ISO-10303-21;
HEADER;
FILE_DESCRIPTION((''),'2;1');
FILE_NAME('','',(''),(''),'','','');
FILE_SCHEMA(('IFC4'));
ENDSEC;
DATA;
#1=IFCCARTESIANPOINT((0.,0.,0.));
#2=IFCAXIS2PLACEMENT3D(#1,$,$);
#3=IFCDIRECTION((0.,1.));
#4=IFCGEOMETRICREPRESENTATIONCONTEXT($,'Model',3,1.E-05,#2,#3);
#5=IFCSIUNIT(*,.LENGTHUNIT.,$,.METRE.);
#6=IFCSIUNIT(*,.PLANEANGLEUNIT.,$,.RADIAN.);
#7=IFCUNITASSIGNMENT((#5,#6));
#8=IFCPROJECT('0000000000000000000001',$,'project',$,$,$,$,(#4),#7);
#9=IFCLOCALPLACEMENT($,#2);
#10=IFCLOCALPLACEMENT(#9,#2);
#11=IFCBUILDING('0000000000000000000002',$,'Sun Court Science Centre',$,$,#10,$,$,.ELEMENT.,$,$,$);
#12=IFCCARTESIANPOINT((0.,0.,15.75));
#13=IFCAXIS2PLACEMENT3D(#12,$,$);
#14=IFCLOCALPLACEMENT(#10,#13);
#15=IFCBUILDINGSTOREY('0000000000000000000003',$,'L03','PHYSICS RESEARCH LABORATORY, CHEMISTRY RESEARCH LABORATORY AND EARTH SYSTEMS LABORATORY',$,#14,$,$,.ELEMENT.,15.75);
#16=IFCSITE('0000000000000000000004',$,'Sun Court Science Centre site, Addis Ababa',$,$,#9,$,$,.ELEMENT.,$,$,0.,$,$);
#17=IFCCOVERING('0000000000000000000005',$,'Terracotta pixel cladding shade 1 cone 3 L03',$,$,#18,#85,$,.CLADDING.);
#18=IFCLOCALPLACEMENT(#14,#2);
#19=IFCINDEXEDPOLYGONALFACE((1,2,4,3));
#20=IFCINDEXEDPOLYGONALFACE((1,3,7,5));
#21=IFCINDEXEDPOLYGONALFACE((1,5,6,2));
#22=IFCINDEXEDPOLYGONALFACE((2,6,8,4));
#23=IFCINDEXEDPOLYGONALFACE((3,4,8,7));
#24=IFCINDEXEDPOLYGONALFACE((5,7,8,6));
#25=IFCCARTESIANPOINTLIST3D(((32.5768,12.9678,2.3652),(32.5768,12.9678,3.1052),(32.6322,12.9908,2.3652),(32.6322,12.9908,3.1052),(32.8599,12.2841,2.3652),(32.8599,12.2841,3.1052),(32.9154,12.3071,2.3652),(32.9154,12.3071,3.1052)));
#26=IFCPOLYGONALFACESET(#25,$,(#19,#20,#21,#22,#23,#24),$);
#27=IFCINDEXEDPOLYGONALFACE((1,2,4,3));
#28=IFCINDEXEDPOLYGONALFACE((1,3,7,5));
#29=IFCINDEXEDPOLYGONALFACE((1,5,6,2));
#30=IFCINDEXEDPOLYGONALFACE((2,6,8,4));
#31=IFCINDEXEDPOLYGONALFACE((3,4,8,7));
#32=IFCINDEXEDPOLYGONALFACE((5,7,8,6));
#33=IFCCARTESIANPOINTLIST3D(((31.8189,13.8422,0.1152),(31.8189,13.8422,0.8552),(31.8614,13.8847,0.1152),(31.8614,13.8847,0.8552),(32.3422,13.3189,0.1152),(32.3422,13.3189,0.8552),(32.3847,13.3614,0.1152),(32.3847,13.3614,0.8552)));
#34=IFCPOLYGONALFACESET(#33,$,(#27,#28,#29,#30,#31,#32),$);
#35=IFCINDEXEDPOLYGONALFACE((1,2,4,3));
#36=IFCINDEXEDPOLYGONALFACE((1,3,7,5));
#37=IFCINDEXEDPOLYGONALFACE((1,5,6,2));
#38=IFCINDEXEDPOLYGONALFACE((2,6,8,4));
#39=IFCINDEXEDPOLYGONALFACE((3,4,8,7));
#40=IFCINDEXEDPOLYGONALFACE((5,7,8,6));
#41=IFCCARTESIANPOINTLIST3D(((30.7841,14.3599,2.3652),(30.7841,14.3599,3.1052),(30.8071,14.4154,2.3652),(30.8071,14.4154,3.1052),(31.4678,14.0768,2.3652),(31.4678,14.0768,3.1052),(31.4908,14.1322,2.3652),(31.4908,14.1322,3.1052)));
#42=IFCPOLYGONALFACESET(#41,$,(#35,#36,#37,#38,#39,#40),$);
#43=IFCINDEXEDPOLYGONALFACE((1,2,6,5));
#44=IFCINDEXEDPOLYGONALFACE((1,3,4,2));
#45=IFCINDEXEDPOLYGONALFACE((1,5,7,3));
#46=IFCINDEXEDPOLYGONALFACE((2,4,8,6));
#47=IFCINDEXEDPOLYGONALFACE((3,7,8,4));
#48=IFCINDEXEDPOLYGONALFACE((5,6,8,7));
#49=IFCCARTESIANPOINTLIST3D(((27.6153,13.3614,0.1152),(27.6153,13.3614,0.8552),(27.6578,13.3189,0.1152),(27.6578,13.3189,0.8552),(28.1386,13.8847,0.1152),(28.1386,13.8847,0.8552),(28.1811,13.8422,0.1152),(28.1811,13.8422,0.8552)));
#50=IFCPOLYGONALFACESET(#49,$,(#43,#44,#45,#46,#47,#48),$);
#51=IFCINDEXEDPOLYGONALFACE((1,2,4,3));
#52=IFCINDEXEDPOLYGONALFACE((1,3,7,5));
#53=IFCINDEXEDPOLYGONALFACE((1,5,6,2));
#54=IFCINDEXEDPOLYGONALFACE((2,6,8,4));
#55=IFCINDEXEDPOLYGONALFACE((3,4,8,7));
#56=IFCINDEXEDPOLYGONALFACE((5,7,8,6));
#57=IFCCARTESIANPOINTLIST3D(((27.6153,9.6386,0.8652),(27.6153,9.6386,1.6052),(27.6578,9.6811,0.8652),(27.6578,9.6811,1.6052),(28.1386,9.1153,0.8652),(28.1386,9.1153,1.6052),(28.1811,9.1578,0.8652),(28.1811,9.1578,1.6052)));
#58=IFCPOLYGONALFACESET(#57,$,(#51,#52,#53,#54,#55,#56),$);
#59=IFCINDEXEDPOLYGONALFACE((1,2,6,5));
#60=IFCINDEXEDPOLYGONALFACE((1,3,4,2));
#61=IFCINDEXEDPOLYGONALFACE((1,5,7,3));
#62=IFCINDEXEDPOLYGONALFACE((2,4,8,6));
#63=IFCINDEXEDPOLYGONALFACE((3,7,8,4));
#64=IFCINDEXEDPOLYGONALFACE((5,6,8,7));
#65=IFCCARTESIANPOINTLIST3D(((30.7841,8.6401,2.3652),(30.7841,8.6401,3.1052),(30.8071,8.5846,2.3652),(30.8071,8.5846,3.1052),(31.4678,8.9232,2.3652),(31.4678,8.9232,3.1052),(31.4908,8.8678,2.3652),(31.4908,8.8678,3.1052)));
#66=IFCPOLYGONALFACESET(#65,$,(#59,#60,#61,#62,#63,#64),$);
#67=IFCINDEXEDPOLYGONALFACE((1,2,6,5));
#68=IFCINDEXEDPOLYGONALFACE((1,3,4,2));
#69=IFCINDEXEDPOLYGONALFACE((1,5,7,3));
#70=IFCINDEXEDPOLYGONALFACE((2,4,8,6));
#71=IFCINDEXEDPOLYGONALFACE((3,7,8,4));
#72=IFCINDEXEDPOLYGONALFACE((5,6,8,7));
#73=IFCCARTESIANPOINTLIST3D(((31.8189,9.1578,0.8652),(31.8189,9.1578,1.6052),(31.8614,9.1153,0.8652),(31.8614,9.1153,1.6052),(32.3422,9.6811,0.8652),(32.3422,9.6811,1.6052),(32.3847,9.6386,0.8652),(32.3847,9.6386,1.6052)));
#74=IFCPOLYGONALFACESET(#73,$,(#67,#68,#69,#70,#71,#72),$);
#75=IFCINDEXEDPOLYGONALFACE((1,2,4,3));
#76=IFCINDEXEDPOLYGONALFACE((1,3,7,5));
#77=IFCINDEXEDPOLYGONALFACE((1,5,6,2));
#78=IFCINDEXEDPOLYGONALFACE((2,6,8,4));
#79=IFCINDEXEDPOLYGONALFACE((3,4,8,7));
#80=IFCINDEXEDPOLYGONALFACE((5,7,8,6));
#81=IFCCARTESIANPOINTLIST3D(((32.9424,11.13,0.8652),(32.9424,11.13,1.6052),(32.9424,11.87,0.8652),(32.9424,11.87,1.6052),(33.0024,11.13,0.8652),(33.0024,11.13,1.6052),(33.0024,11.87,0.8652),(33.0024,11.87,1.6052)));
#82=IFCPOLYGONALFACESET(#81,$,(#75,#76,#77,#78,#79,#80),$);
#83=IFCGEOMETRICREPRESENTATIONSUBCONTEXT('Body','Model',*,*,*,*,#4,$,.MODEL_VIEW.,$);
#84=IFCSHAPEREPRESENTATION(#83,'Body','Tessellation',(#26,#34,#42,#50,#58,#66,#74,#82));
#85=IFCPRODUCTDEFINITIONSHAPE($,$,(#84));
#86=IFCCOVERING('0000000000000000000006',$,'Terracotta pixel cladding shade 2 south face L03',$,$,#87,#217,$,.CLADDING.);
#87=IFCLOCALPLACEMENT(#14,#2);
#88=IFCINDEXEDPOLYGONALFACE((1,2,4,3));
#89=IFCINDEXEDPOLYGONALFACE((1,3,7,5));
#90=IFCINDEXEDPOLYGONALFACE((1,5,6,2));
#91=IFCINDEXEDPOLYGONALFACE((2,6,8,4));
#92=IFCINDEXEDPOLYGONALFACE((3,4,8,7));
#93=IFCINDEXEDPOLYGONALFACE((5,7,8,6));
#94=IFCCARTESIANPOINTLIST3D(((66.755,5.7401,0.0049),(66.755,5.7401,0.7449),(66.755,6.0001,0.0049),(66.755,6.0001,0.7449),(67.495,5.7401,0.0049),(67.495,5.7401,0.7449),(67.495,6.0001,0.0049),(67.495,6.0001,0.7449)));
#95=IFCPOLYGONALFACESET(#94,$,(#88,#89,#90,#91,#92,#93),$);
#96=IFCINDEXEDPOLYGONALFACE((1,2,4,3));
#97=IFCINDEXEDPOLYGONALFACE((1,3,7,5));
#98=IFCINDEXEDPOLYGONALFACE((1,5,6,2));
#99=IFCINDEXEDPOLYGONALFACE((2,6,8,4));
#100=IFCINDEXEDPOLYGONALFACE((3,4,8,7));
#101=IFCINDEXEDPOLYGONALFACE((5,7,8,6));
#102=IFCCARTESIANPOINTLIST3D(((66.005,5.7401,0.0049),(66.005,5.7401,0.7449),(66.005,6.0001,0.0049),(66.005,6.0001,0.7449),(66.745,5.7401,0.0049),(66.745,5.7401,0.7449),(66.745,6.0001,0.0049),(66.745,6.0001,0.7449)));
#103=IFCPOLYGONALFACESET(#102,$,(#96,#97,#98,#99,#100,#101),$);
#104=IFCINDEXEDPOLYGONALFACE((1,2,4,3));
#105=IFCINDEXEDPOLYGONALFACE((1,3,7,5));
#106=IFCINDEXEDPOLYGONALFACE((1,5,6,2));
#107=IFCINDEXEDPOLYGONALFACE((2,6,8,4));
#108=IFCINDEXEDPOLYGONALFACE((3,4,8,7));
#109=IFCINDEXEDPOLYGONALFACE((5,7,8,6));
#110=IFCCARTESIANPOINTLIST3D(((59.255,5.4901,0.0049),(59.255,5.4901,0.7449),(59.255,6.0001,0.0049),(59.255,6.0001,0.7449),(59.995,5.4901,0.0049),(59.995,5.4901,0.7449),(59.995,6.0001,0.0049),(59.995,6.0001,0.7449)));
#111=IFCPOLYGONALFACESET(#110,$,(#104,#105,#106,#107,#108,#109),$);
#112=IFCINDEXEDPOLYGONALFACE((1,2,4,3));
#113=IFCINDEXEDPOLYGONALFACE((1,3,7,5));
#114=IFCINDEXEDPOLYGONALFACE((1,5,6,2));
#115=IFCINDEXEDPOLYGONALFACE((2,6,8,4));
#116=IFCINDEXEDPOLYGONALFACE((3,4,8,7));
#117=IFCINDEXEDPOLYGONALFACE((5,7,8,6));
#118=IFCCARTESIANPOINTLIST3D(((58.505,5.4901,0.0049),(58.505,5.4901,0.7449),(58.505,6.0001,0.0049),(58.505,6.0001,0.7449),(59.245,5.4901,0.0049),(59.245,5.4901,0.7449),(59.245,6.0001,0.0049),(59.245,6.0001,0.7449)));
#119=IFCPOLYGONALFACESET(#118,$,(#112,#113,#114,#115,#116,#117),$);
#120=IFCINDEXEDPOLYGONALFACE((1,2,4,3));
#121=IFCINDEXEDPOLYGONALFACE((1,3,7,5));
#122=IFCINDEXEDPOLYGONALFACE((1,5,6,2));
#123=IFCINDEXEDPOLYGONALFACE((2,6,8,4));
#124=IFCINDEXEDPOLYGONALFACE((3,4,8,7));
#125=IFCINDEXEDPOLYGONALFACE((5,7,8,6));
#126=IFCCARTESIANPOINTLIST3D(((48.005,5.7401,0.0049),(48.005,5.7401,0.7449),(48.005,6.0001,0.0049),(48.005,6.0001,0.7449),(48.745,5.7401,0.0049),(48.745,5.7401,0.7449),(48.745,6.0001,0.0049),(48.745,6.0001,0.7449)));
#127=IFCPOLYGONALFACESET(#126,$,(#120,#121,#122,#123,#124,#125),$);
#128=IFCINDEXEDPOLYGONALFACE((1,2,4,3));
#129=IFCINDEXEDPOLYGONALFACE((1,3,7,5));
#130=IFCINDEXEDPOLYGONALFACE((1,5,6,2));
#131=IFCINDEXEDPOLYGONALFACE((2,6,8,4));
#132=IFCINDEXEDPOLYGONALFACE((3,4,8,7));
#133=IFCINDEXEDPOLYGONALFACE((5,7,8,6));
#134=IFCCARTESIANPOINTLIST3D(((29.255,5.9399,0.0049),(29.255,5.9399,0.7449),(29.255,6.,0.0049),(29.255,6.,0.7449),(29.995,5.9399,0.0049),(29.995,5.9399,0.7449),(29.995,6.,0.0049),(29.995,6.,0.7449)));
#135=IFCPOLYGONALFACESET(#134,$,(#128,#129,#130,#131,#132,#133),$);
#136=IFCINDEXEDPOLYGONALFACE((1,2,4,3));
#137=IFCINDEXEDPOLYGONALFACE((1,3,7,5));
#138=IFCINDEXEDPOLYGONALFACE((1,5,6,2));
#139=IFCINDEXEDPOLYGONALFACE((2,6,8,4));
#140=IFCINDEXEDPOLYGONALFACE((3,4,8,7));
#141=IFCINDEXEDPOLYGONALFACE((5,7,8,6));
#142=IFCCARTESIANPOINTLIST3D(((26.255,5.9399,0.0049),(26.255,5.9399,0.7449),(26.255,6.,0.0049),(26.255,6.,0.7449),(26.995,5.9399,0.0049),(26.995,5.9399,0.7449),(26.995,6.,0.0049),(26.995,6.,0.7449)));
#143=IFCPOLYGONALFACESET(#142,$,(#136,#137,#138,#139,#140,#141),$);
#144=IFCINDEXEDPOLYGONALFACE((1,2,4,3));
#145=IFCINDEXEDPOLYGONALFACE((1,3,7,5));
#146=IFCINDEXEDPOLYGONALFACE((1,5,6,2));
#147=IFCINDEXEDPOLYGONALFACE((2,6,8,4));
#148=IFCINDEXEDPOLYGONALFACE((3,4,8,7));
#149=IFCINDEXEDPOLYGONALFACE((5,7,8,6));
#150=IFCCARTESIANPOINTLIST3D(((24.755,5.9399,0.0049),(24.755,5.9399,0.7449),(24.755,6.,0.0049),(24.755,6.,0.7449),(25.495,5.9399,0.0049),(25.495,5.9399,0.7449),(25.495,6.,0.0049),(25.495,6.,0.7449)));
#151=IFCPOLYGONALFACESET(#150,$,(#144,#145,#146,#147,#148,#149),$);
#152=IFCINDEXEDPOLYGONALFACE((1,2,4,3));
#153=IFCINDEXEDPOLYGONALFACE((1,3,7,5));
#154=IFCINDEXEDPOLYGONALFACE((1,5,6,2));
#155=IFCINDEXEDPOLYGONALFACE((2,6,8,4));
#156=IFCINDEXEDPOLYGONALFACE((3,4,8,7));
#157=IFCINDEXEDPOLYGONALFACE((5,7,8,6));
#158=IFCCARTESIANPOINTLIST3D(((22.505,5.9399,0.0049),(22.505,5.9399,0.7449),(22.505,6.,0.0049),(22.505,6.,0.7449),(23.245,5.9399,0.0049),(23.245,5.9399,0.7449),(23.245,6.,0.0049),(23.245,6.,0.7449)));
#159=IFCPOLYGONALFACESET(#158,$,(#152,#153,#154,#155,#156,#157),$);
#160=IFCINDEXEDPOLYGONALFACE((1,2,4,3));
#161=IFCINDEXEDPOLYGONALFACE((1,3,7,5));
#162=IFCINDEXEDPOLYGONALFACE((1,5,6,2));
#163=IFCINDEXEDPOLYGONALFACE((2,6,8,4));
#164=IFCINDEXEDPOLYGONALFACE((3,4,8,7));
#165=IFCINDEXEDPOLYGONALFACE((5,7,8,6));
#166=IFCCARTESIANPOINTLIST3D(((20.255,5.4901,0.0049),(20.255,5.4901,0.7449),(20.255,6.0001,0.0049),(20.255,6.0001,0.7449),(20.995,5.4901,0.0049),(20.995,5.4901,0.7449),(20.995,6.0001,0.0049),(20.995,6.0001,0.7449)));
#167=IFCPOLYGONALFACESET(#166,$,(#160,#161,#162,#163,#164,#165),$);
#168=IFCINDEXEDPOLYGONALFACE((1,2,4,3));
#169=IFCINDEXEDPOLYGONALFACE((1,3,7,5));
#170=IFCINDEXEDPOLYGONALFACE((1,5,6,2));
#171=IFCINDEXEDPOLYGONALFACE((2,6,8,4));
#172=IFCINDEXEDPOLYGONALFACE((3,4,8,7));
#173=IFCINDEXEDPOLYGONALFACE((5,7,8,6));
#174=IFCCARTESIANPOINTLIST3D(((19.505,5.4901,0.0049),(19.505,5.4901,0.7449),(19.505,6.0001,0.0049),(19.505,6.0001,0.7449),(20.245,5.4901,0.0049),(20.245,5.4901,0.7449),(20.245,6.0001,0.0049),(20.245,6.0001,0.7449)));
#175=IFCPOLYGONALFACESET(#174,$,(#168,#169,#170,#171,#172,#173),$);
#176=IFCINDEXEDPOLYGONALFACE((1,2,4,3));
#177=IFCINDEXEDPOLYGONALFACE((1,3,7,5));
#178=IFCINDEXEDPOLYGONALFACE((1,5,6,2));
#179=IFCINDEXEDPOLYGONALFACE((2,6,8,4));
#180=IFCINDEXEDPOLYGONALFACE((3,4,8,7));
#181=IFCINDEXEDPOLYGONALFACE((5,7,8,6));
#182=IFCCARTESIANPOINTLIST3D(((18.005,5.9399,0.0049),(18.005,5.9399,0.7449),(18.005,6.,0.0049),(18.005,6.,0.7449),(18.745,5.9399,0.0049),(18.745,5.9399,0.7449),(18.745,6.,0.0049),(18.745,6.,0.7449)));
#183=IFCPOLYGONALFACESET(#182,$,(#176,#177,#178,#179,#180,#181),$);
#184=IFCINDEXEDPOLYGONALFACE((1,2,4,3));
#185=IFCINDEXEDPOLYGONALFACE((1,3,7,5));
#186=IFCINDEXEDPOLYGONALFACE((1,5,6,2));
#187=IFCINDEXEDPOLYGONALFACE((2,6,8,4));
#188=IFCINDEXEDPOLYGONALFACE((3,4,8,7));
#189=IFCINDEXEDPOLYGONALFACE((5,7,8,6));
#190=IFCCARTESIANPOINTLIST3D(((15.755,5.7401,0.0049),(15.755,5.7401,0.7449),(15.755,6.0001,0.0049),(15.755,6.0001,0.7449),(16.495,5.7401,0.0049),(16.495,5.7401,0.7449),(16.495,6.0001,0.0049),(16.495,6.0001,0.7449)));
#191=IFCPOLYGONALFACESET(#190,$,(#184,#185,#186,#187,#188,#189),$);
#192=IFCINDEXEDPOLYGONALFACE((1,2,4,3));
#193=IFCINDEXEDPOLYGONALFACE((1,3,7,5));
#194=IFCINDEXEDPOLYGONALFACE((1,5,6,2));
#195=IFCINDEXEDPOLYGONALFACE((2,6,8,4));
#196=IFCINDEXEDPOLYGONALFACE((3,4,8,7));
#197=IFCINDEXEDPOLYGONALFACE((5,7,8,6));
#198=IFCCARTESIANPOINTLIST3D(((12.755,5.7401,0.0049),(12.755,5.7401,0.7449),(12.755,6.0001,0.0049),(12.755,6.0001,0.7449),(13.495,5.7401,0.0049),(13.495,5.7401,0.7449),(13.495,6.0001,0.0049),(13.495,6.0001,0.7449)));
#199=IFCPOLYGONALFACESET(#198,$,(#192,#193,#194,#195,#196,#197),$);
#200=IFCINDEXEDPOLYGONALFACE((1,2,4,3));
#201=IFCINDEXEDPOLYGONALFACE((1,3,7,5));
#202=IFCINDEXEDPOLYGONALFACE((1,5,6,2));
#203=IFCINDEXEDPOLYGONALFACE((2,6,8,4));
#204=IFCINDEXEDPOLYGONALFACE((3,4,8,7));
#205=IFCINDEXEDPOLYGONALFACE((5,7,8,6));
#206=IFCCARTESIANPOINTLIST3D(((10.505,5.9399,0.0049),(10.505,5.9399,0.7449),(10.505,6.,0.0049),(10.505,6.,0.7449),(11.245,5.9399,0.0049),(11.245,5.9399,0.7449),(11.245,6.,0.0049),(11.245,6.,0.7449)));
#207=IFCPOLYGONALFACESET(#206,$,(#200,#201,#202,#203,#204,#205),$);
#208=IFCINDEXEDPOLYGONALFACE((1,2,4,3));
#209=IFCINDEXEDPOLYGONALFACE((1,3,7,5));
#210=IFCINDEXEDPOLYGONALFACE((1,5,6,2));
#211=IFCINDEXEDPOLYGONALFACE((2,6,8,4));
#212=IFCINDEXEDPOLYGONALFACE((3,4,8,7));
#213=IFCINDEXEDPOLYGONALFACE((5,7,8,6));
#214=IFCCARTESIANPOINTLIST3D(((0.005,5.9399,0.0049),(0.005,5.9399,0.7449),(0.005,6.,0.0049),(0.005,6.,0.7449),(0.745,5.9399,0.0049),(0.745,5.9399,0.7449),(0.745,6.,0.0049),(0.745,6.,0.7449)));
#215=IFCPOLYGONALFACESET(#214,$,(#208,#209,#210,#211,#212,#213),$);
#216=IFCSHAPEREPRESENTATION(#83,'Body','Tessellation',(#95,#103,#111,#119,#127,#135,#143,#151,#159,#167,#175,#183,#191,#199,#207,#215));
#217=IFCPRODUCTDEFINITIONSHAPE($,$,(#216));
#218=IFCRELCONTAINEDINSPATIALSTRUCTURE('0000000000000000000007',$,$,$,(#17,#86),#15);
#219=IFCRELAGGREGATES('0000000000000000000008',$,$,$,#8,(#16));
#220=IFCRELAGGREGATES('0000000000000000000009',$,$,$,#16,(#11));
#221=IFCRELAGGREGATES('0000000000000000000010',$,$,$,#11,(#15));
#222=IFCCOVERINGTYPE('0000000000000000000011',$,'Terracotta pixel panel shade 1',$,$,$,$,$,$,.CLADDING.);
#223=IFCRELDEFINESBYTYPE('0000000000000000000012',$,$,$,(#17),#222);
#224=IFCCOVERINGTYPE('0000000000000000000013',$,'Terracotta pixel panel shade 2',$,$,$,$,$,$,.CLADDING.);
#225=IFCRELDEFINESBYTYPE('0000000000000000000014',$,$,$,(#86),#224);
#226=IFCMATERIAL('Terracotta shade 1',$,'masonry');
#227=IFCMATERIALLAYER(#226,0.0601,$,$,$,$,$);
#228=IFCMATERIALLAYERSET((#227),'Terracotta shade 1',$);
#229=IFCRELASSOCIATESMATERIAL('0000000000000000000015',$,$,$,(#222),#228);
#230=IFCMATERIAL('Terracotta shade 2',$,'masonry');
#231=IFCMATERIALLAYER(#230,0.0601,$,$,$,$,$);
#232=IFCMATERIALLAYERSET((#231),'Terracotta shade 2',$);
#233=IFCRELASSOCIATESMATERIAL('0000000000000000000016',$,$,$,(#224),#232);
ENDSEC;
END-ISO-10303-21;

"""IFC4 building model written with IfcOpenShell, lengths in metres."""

from ifc_helpers import new_model, si_unit, direction, frame, origin, origin_2d, place, context, subcontext, project, spatial, rectangle, extrude, material, layer, layer_set, type_object, element, save


model = new_model("IFC4")

# Units and contexts
model_context = context("Model", 3, precision=1e-05, world=origin(), true_north=direction((0.0, 1.0)))
body_context = subcontext(model_context, "Body", "Model", "MODEL_VIEW")
ifc_project = project(units=[si_unit("LENGTHUNIT", "METRE"), si_unit("PLANEANGLEUNIT", "RADIAN")], contexts=[model_context])

# Site, building, storey
site_placement = place(None, origin())
site = spatial("IfcSite", under=ifc_project, at=site_placement, Name="Sun Court Science Centre site, Addis Ababa", CompositionType="ELEMENT", RefElevation=0.0)
building_placement = place(site_placement, origin())
building = spatial("IfcBuilding", under=site, at=building_placement, Name="Sun Court Science Centre", CompositionType="ELEMENT")
storey_placement = place(building_placement, frame((0.0, 0.0, 15.75)))
storey = spatial("IfcBuildingStorey", under=building, at=storey_placement, Name="L03", Description="PHYSICS RESEARCH LABORATORY, CHEMISTRY RESEARCH LABORATORY AND EARTH SYSTEMS LABORATORY", CompositionType="ELEMENT", Elevation=15.75)

# Coverings
ifc_material_1 = material(Name="Terracotta shade 1", Category="masonry")
ifc_layer_1 = layer(ifc_material_1, 0.0601)
ifc_layer_set_1 = layer_set([ifc_layer_1], Name="Terracotta shade 1")
covering_type_1 = type_object("IfcCoveringType", Name="Terracotta pixel panel shade 1", PredefinedType="CLADDING", material=ifc_layer_set_1)
covering_1_placement = place(storey_placement, frame((0.0, 0.0, -15.75)))
element("IfcCovering", 1, at=covering_1_placement, inside=storey, type_object=covering_type_1, Name="Terracotta pixel cladding shade 1 cone 3 L03", PredefinedType="CLADDING", context=body_context, shape_type="SweptSolid", body=[
    extrude(rectangle(XDim=0.74, YDim=0.0601, at=origin_2d()), frame((32.7461, 12.6375, 18.1152), z_axis=(0.0, 0.0, 1.0), x_axis=(0.382683, -0.92388, 0.0)), (0.0, 0.0, 1.0), 0.74),
    extrude(rectangle(XDim=0.74, YDim=0.0601, at=origin_2d()), frame((32.1018, 13.6018, 15.8652), z_axis=(0.0, 0.0, 1.0), x_axis=(0.707107, -0.707107, 0.0)), (0.0, 0.0, 1.0), 0.74),
    extrude(rectangle(XDim=0.74, YDim=0.0601, at=origin_2d()), frame((31.1375, 14.2461, 18.1152), z_axis=(0.0, 0.0, 1.0), x_axis=(0.92388, -0.382683, 0.0)), (0.0, 0.0, 1.0), 0.74),
    extrude(rectangle(XDim=0.74, YDim=0.0601, at=origin_2d()), frame((27.8982, 13.6018, 15.8652), z_axis=(0.0, 0.0, 1.0), x_axis=(0.707107, 0.707107, 0.0)), (0.0, 0.0, 1.0), 0.74),
    extrude(rectangle(XDim=0.74, YDim=0.0601, at=origin_2d()), frame((27.8982, 9.3982, 16.6152), z_axis=(0.0, 0.0, 1.0), x_axis=(-0.707107, 0.707107, 0.0)), (0.0, 0.0, 1.0), 0.74),
    extrude(rectangle(XDim=0.74, YDim=0.0601, at=origin_2d()), frame((31.1375, 8.7539, 18.1152), z_axis=(0.0, 0.0, 1.0), x_axis=(-0.92388, -0.382683, 0.0)), (0.0, 0.0, 1.0), 0.74),
    extrude(rectangle(XDim=0.74, YDim=0.0601, at=origin_2d()), frame((32.1018, 9.3982, 16.6152), z_axis=(0.0, 0.0, 1.0), x_axis=(-0.707107, -0.707107, 0.0)), (0.0, 0.0, 1.0), 0.74),
    extrude(rectangle(XDim=0.74, YDim=0.0601, at=origin_2d()), frame((32.9724, 11.5, 16.6152), z_axis=(0.0, 0.0, 1.0), x_axis=(0.0, -1.0, 0.0)), (0.0, 0.0, 1.0), 0.74),
])
ifc_material_2 = material(Name="Terracotta shade 2", Category="masonry")
ifc_layer_2 = layer(ifc_material_2, 0.0601)
ifc_layer_set_2 = layer_set([ifc_layer_2], Name="Terracotta shade 2")
covering_type_2 = type_object("IfcCoveringType", Name="Terracotta pixel panel shade 2", PredefinedType="CLADDING", material=ifc_layer_set_2)
covering_2_placement = place(storey_placement, frame((0.0, 0.0, -15.75)))
element("IfcCovering", 2, at=covering_2_placement, inside=storey, type_object=covering_type_2, Name="Terracotta pixel cladding shade 2 south face L03", PredefinedType="CLADDING", context=body_context, shape_type="SweptSolid", body=[
    extrude(rectangle(XDim=0.74, YDim=0.26, at=origin_2d()), frame((67.125, 5.8701, 15.7549), z_axis=(0.0, 0.0, 1.0), x_axis=(-1.0, 0.0, 0.0)), (0.0, 0.0, 1.0), 0.74),
    extrude(rectangle(XDim=0.74, YDim=0.26, at=origin_2d()), frame((66.375, 5.8701, 15.7549), z_axis=(0.0, 0.0, 1.0), x_axis=(-1.0, 0.0, 0.0)), (0.0, 0.0, 1.0), 0.74),
    extrude(rectangle(XDim=0.74, YDim=0.51, at=origin_2d()), frame((59.625, 5.7451, 15.7549), z_axis=(0.0, 0.0, 1.0), x_axis=(-1.0, 0.0, 0.0)), (0.0, 0.0, 1.0), 0.74),
    extrude(rectangle(XDim=0.74, YDim=0.51, at=origin_2d()), frame((58.875, 5.7451, 15.7549), z_axis=(0.0, 0.0, 1.0), x_axis=(-1.0, 0.0, 0.0)), (0.0, 0.0, 1.0), 0.74),
    extrude(rectangle(XDim=0.74, YDim=0.26, at=origin_2d()), frame((48.375, 5.8701, 15.7549), z_axis=(0.0, 0.0, 1.0), x_axis=(-1.0, 0.0, 0.0)), (0.0, 0.0, 1.0), 0.74),
    extrude(rectangle(XDim=0.74, YDim=0.0601, at=origin_2d()), frame((29.625, 5.97, 15.7549), z_axis=(0.0, 0.0, 1.0), x_axis=(-1.0, 0.0, 0.0)), (0.0, 0.0, 1.0), 0.74),
    extrude(rectangle(XDim=0.74, YDim=0.0601, at=origin_2d()), frame((26.625, 5.97, 15.7549), z_axis=(0.0, 0.0, 1.0), x_axis=(-1.0, 0.0, 0.0)), (0.0, 0.0, 1.0), 0.74),
    extrude(rectangle(XDim=0.74, YDim=0.0601, at=origin_2d()), frame((25.125, 5.97, 15.7549), z_axis=(0.0, 0.0, 1.0), x_axis=(-1.0, 0.0, 0.0)), (0.0, 0.0, 1.0), 0.74),
    extrude(rectangle(XDim=0.74, YDim=0.0601, at=origin_2d()), frame((22.875, 5.97, 15.7549), z_axis=(0.0, 0.0, 1.0), x_axis=(-1.0, 0.0, 0.0)), (0.0, 0.0, 1.0), 0.74),
    extrude(rectangle(XDim=0.74, YDim=0.51, at=origin_2d()), frame((20.625, 5.7451, 15.7549), z_axis=(0.0, 0.0, 1.0), x_axis=(-1.0, 0.0, 0.0)), (0.0, 0.0, 1.0), 0.74),
    extrude(rectangle(XDim=0.74, YDim=0.51, at=origin_2d()), frame((19.875, 5.7451, 15.7549), z_axis=(0.0, 0.0, 1.0), x_axis=(-1.0, 0.0, 0.0)), (0.0, 0.0, 1.0), 0.74),
    extrude(rectangle(XDim=0.74, YDim=0.0601, at=origin_2d()), frame((18.375, 5.97, 15.7549), z_axis=(0.0, 0.0, 1.0), x_axis=(-1.0, 0.0, 0.0)), (0.0, 0.0, 1.0), 0.74),
    extrude(rectangle(XDim=0.74, YDim=0.26, at=origin_2d()), frame((16.125, 5.8701, 15.7549), z_axis=(0.0, 0.0, 1.0), x_axis=(-1.0, 0.0, 0.0)), (0.0, 0.0, 1.0), 0.74),
    extrude(rectangle(XDim=0.74, YDim=0.26, at=origin_2d()), frame((13.125, 5.8701, 15.7549), z_axis=(0.0, 0.0, 1.0), x_axis=(-1.0, 0.0, 0.0)), (0.0, 0.0, 1.0), 0.74),
    extrude(rectangle(XDim=0.74, YDim=0.0601, at=origin_2d()), frame((10.875, 5.97, 15.7549), z_axis=(0.0, 0.0, 1.0), x_axis=(-1.0, 0.0, 0.0)), (0.0, 0.0, 1.0), 0.74),
    extrude(rectangle(XDim=0.74, YDim=0.0601, at=origin_2d()), frame((0.375, 5.97, 15.7549), z_axis=(0.0, 0.0, 1.0), x_axis=(-1.0, 0.0, 0.0)), (0.0, 0.0, 1.0), 0.74),
])

save(model, "model.ifc")
